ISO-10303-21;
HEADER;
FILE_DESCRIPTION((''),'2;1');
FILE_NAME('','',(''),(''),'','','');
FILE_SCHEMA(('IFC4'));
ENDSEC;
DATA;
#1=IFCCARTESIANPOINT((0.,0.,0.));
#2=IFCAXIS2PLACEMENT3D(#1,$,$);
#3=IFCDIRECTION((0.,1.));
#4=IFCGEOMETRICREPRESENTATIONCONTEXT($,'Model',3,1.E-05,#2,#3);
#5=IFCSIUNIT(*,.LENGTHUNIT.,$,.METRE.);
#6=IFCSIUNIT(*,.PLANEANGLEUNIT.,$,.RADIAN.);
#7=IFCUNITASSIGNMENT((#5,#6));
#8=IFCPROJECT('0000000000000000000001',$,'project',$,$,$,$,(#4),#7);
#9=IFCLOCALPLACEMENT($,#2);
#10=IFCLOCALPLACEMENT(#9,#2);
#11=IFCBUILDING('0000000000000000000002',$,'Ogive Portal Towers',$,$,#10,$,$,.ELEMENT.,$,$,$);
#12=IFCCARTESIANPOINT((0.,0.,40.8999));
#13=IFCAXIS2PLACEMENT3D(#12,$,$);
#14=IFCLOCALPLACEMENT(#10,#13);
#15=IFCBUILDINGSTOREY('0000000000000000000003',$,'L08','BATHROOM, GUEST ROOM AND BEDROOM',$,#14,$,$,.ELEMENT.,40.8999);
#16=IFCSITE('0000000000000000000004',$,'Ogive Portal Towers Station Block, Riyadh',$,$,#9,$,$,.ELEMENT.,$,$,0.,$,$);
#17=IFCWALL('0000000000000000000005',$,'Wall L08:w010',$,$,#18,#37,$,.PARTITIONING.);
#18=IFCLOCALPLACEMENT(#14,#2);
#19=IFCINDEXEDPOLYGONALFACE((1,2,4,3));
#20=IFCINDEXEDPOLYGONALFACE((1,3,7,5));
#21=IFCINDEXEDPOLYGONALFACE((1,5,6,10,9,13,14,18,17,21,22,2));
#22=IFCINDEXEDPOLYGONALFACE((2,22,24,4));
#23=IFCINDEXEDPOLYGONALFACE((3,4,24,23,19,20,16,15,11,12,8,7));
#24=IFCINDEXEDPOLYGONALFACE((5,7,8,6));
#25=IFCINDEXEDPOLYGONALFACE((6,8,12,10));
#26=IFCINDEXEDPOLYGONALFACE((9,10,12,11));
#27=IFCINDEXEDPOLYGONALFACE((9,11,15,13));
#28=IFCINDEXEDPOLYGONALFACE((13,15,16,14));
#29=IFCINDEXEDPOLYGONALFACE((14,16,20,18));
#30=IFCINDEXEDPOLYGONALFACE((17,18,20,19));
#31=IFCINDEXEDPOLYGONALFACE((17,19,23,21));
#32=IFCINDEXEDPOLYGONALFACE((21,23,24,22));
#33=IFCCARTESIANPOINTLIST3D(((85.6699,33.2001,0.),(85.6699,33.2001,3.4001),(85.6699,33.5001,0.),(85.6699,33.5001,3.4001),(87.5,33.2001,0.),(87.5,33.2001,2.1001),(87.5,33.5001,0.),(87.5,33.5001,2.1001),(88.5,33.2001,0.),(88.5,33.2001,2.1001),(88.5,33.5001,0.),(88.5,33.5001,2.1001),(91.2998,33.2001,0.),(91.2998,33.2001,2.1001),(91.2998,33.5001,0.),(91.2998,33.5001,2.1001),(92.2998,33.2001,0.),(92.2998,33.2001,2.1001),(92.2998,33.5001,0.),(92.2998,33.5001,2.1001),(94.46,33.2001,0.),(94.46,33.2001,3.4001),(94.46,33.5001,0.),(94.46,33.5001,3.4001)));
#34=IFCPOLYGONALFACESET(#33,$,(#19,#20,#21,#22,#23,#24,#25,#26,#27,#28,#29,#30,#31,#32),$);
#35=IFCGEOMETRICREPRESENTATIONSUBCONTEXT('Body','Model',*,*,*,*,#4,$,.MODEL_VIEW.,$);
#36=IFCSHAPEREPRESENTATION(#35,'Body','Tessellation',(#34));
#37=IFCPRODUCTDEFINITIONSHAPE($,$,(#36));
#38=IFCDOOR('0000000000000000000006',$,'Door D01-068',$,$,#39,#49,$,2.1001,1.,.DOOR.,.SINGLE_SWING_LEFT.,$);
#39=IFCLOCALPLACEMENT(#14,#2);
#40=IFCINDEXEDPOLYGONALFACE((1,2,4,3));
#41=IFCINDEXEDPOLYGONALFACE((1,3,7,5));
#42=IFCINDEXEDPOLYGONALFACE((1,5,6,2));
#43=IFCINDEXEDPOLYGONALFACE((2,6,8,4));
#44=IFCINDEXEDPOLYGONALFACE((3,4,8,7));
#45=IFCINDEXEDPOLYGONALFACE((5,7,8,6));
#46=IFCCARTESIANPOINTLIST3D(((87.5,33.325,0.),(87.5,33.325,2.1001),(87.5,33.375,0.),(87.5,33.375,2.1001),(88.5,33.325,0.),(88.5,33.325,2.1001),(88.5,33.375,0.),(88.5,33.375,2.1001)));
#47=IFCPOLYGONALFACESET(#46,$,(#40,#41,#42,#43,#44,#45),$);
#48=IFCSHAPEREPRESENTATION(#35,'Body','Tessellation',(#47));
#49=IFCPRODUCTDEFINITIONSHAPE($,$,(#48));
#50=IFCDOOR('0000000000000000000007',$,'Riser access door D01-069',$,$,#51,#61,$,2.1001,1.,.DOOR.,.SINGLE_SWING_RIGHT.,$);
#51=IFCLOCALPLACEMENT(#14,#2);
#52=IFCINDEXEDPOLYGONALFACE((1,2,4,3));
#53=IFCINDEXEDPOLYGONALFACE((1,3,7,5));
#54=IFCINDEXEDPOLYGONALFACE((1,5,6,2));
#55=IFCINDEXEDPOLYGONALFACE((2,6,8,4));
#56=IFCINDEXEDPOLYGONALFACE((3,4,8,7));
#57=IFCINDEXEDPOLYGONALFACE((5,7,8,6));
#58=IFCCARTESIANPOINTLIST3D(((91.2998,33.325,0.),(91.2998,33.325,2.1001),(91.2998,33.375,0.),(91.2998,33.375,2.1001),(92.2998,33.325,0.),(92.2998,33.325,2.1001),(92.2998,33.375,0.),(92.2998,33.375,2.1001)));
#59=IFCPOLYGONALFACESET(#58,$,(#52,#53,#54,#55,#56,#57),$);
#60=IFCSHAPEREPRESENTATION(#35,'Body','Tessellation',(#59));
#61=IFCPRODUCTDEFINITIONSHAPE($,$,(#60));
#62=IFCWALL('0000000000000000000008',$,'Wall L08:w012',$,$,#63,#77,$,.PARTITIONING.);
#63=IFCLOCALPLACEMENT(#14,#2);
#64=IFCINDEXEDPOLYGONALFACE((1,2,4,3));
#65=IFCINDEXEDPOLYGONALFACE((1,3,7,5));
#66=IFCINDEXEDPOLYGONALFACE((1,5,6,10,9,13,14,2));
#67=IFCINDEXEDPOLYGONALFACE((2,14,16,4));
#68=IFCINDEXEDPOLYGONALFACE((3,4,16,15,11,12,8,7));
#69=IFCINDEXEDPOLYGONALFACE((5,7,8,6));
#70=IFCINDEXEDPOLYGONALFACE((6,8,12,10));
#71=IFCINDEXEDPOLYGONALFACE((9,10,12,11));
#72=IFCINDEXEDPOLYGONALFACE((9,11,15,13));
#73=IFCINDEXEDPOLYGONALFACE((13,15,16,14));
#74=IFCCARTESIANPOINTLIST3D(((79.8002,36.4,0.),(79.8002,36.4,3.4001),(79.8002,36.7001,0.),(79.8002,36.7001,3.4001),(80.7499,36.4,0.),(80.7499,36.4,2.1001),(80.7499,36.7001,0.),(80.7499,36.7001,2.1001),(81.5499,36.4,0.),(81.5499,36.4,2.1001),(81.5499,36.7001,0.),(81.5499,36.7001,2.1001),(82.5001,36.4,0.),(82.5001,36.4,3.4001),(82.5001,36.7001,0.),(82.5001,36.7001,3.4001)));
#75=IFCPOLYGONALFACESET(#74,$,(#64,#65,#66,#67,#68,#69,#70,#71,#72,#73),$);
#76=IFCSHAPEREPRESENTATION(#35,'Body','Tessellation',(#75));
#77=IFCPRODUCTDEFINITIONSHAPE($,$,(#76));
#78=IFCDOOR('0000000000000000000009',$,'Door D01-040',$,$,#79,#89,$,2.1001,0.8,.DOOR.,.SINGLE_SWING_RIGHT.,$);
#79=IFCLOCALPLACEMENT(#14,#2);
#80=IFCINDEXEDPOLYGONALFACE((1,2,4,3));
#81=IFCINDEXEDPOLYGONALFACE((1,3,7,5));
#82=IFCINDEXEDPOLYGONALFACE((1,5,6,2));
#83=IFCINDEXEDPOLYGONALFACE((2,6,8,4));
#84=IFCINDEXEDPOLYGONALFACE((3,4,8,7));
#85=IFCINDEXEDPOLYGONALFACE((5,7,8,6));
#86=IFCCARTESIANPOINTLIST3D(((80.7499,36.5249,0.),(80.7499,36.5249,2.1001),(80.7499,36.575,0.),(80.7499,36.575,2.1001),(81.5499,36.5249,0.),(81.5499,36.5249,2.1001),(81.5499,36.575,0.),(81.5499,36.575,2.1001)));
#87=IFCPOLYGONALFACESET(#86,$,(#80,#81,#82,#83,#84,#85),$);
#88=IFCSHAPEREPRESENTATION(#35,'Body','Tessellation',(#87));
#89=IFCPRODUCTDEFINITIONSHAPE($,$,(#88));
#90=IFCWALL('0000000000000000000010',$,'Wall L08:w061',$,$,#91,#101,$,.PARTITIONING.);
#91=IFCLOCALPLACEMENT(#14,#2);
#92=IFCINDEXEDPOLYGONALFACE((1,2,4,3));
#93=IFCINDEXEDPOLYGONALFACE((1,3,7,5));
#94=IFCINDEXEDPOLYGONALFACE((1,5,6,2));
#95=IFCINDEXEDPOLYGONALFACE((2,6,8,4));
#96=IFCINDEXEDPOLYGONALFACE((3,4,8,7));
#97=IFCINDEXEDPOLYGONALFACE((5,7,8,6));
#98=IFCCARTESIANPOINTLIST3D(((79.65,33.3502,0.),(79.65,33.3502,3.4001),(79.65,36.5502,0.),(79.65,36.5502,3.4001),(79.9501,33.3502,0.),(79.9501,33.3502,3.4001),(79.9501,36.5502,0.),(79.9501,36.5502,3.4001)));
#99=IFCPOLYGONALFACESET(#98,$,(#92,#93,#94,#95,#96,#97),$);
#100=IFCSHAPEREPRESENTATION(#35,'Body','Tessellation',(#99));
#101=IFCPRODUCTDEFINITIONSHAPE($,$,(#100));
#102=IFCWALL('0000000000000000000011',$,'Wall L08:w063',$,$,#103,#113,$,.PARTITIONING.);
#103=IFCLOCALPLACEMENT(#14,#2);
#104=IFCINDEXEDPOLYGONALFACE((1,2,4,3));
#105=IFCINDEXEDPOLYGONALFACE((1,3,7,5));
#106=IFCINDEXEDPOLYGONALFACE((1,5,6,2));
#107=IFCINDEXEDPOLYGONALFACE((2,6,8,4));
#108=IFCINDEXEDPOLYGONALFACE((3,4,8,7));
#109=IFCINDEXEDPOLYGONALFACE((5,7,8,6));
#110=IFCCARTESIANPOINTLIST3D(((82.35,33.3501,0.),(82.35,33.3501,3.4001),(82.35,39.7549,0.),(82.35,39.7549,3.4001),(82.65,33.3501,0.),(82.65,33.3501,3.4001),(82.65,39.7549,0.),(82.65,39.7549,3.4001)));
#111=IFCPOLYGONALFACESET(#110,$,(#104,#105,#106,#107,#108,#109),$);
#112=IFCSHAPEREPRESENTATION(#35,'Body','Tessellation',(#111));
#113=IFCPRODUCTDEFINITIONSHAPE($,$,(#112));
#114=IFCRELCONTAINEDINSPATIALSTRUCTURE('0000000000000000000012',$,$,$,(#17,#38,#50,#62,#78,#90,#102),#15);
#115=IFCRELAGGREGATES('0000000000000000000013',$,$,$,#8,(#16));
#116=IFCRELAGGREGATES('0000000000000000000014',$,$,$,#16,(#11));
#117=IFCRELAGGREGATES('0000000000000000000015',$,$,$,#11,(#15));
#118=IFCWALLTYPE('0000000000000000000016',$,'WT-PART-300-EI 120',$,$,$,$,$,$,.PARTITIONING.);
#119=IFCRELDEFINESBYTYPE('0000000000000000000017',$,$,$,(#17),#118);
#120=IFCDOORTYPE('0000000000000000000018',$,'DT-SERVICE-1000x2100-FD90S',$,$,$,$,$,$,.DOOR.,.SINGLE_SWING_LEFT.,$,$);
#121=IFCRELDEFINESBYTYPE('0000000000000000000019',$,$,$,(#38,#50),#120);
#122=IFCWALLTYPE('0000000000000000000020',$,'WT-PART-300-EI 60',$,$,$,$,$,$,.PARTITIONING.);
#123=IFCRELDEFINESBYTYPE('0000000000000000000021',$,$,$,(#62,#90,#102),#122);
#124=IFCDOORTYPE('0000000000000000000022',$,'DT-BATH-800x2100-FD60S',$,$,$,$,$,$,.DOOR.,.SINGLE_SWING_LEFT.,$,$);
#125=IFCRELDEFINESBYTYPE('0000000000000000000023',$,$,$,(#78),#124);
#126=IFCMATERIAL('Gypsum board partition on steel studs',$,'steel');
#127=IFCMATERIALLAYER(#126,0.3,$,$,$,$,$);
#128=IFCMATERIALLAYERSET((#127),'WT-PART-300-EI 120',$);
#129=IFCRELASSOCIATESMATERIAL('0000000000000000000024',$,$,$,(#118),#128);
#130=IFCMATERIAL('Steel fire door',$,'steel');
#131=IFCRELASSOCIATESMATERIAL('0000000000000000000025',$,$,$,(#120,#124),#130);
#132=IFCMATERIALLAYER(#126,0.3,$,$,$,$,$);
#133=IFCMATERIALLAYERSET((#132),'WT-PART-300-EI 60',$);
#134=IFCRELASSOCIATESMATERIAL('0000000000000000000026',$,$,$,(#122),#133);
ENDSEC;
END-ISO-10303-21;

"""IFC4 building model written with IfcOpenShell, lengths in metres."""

from ifc_helpers import new_model, si_unit, direction, frame, frame_2d, origin, place, context, subcontext, project, spatial, rectangle, extrude, material, layer, layer_set, type_object, element, fill, save


model = new_model("IFC4")

# Units and contexts
model_context = context("Model", 3, precision=1e-05, world=origin(), true_north=direction((0.0, 1.0)))
body_context = subcontext(model_context, "Body", "Model", "MODEL_VIEW")
ifc_project = project(units=[si_unit("LENGTHUNIT", "METRE"), si_unit("PLANEANGLEUNIT", "RADIAN")], contexts=[model_context])

# Site, building, storey
site_placement = place(None, origin())
site = spatial("IfcSite", under=ifc_project, at=site_placement, Name="Ogive Portal Towers Station Block, Riyadh", CompositionType="ELEMENT", RefElevation=0.0)
building_placement = place(site_placement, origin())
building = spatial("IfcBuilding", under=site, at=building_placement, Name="Ogive Portal Towers", CompositionType="ELEMENT")
storey_placement = place(building_placement, frame((0.0, 0.0, 40.8999)))
storey = spatial("IfcBuildingStorey", under=building, at=storey_placement, Name="L08", Description="BATHROOM, GUEST ROOM AND BEDROOM", CompositionType="ELEMENT", Elevation=40.8999)

# Wall, openings, doors
ifc_material_1 = material(Name="Gypsum board partition on steel studs", Category="steel")
ifc_layer_1 = layer(ifc_material_1, 0.3)
ifc_layer_set_1 = layer_set([ifc_layer_1], Name="WT-PART-300-EI 120")
wall_type_1 = type_object("IfcWallType", Name="WT-PART-300-EI 120", PredefinedType="PARTITIONING", material=ifc_layer_set_1)
wall_1_placement = place(storey_placement, frame((85.6699, 33.3501, 0.0), z_axis=(0.0, 0.0, 1.0), x_axis=(1.0, 0.0, 0.0)))
wall_1 = element("IfcWall", 1, at=wall_1_placement, inside=storey, type_object=wall_type_1, Name="Wall L08:w010", PredefinedType="PARTITIONING", context=body_context, shape_type="SweptSolid", body=[
    extrude(rectangle(XDim=8.79, YDim=0.3, at=frame_2d((4.395, 0.0))), origin(), (0.0, 0.0, 1.0), 3.4001),
])
opening_1_placement = place(wall_1_placement, frame((1.8301, 0.0, 0.0)))
opening_1 = element("IfcOpeningElement", 2, at=opening_1_placement, cuts=wall_1, PredefinedType="OPENING", context=body_context, shape_type="SweptSolid", body=[
    extrude(rectangle(XDim=1.0, YDim=2.1001, at=frame_2d((0.5, 1.05))), frame((0.0, 0.1602, 0.0), z_axis=(0.0, -1.0, 0.0), x_axis=(1.0, 0.0, 0.0)), (0.0, 0.0, 1.0), 0.3201),
])
opening_2_placement = place(wall_1_placement, frame((5.6299, 0.0, 0.0)))
opening_2 = element("IfcOpeningElement", 3, at=opening_2_placement, cuts=wall_1, PredefinedType="OPENING", context=body_context, shape_type="SweptSolid", body=[
    extrude(rectangle(XDim=1.0, YDim=2.1001, at=frame_2d((0.5, 1.05))), frame((0.0, 0.1602, 0.0), z_axis=(0.0, -1.0, 0.0), x_axis=(1.0, 0.0, 0.0)), (0.0, 0.0, 1.0), 0.3201),
])
ifc_material_2 = material(Name="Steel fire door", Category="steel")
door_type_1 = type_object("IfcDoorType", Name="DT-SERVICE-1000x2100-FD90S", OperationType="SINGLE_SWING_LEFT", PredefinedType="DOOR", material=ifc_material_2)
door_1_placement = place(opening_1_placement, origin())
door_1 = element("IfcDoor", 4, at=door_1_placement, inside=storey, type_object=door_type_1, Name="Door D01-068", OperationType="SINGLE_SWING_LEFT", OverallHeight=2.1001, OverallWidth=1.0, PredefinedType="DOOR", context=body_context, shape_type="SweptSolid", body=[
    extrude(rectangle(XDim=1.0, YDim=2.1001, at=frame_2d((0.5, 1.05))), frame((0.0, 0.0249, 0.0), z_axis=(0.0, -1.0, 0.0), x_axis=(1.0, 0.0, 0.0)), (0.0, 0.0, 1.0), 0.05),
])
fill(opening_1, door_1)
door_2_placement = place(opening_2_placement, origin())
door_2 = element("IfcDoor", 5, at=door_2_placement, inside=storey, type_object=door_type_1, Name="Riser access door D01-069", OperationType="SINGLE_SWING_RIGHT", OverallHeight=2.1001, OverallWidth=1.0, PredefinedType="DOOR", context=body_context, shape_type="SweptSolid", body=[
    extrude(rectangle(XDim=1.0, YDim=2.1001, at=frame_2d((0.5, 1.05))), frame((0.0, 0.0249, 0.0), z_axis=(0.0, -1.0, 0.0), x_axis=(1.0, 0.0, 0.0)), (0.0, 0.0, 1.0), 0.05),
])
fill(opening_2, door_2)

# Wall, opening, door
ifc_layer_2 = layer(ifc_material_1, 0.3)
ifc_layer_set_2 = layer_set([ifc_layer_2], Name="WT-PART-300-EI 60")
wall_type_2 = type_object("IfcWallType", Name="WT-PART-300-EI 60", PredefinedType="PARTITIONING", material=ifc_layer_set_2)
wall_2_placement = place(storey_placement, frame((79.8, 36.55, 0.0), z_axis=(0.0, 0.0, 1.0), x_axis=(1.0, 0.0, 0.0)))
wall_2 = element("IfcWall", 6, at=wall_2_placement, inside=storey, type_object=wall_type_2, Name="Wall L08:w012", PredefinedType="PARTITIONING", context=body_context, shape_type="SweptSolid", body=[
    extrude(rectangle(XDim=2.7, YDim=0.3, at=frame_2d((1.3501, 0.0))), origin(), (0.0, 0.0, 1.0), 3.4001),
])
opening_3_placement = place(wall_2_placement, frame((0.95, 0.0, 0.0)))
opening_3 = element("IfcOpeningElement", 7, at=opening_3_placement, cuts=wall_2, PredefinedType="OPENING", context=body_context, shape_type="SweptSolid", body=[
    extrude(rectangle(XDim=0.8, YDim=2.1001, at=frame_2d((0.3999, 1.05))), frame((0.0, 0.1602, 0.0), z_axis=(0.0, -1.0, 0.0), x_axis=(1.0, 0.0, 0.0)), (0.0, 0.0, 1.0), 0.3201),
])
door_type_2 = type_object("IfcDoorType", Name="DT-BATH-800x2100-FD60S", OperationType="SINGLE_SWING_LEFT", PredefinedType="DOOR", material=ifc_material_2)
door_3_placement = place(opening_3_placement, origin())
door_3 = element("IfcDoor", 8, at=door_3_placement, inside=storey, type_object=door_type_2, Name="Door D01-040", OperationType="SINGLE_SWING_RIGHT", OverallHeight=2.1001, OverallWidth=0.8, PredefinedType="DOOR", context=body_context, shape_type="SweptSolid", body=[
    extrude(rectangle(XDim=0.8, YDim=2.1001, at=frame_2d((0.3999, 1.05))), frame((0.0, 0.0249, 0.0), z_axis=(0.0, -1.0, 0.0), x_axis=(1.0, 0.0, 0.0)), (0.0, 0.0, 1.0), 0.05),
])
fill(opening_3, door_3)

# Walls
wall_3_placement = place(storey_placement, frame((79.8, 33.3501, 0.0), z_axis=(0.0, 0.0, 1.0), x_axis=(0.0, 1.0, 0.0)))
element("IfcWall", 9, at=wall_3_placement, inside=storey, type_object=wall_type_2, Name="Wall L08:w061", PredefinedType="PARTITIONING", context=body_context, shape_type="SweptSolid", body=[
    extrude(rectangle(XDim=3.2, YDim=0.3, at=frame_2d((1.6001, 0.0))), origin(), (0.0, 0.0, 1.0), 3.4001),
])
wall_4_placement = place(storey_placement, frame((82.5, 33.3501, 0.0), z_axis=(0.0, 0.0, 1.0), x_axis=(0.0, 1.0, 0.0)))
element("IfcWall", 10, at=wall_4_placement, inside=storey, type_object=wall_type_2, Name="Wall L08:w063", PredefinedType="PARTITIONING", context=body_context, shape_type="SweptSolid", body=[
    extrude(rectangle(XDim=6.4048, YDim=0.3, at=frame_2d((3.2024, 0.0))), origin(), (0.0, 0.0, 1.0), 3.4001),
])

save(model, "model.ifc")
